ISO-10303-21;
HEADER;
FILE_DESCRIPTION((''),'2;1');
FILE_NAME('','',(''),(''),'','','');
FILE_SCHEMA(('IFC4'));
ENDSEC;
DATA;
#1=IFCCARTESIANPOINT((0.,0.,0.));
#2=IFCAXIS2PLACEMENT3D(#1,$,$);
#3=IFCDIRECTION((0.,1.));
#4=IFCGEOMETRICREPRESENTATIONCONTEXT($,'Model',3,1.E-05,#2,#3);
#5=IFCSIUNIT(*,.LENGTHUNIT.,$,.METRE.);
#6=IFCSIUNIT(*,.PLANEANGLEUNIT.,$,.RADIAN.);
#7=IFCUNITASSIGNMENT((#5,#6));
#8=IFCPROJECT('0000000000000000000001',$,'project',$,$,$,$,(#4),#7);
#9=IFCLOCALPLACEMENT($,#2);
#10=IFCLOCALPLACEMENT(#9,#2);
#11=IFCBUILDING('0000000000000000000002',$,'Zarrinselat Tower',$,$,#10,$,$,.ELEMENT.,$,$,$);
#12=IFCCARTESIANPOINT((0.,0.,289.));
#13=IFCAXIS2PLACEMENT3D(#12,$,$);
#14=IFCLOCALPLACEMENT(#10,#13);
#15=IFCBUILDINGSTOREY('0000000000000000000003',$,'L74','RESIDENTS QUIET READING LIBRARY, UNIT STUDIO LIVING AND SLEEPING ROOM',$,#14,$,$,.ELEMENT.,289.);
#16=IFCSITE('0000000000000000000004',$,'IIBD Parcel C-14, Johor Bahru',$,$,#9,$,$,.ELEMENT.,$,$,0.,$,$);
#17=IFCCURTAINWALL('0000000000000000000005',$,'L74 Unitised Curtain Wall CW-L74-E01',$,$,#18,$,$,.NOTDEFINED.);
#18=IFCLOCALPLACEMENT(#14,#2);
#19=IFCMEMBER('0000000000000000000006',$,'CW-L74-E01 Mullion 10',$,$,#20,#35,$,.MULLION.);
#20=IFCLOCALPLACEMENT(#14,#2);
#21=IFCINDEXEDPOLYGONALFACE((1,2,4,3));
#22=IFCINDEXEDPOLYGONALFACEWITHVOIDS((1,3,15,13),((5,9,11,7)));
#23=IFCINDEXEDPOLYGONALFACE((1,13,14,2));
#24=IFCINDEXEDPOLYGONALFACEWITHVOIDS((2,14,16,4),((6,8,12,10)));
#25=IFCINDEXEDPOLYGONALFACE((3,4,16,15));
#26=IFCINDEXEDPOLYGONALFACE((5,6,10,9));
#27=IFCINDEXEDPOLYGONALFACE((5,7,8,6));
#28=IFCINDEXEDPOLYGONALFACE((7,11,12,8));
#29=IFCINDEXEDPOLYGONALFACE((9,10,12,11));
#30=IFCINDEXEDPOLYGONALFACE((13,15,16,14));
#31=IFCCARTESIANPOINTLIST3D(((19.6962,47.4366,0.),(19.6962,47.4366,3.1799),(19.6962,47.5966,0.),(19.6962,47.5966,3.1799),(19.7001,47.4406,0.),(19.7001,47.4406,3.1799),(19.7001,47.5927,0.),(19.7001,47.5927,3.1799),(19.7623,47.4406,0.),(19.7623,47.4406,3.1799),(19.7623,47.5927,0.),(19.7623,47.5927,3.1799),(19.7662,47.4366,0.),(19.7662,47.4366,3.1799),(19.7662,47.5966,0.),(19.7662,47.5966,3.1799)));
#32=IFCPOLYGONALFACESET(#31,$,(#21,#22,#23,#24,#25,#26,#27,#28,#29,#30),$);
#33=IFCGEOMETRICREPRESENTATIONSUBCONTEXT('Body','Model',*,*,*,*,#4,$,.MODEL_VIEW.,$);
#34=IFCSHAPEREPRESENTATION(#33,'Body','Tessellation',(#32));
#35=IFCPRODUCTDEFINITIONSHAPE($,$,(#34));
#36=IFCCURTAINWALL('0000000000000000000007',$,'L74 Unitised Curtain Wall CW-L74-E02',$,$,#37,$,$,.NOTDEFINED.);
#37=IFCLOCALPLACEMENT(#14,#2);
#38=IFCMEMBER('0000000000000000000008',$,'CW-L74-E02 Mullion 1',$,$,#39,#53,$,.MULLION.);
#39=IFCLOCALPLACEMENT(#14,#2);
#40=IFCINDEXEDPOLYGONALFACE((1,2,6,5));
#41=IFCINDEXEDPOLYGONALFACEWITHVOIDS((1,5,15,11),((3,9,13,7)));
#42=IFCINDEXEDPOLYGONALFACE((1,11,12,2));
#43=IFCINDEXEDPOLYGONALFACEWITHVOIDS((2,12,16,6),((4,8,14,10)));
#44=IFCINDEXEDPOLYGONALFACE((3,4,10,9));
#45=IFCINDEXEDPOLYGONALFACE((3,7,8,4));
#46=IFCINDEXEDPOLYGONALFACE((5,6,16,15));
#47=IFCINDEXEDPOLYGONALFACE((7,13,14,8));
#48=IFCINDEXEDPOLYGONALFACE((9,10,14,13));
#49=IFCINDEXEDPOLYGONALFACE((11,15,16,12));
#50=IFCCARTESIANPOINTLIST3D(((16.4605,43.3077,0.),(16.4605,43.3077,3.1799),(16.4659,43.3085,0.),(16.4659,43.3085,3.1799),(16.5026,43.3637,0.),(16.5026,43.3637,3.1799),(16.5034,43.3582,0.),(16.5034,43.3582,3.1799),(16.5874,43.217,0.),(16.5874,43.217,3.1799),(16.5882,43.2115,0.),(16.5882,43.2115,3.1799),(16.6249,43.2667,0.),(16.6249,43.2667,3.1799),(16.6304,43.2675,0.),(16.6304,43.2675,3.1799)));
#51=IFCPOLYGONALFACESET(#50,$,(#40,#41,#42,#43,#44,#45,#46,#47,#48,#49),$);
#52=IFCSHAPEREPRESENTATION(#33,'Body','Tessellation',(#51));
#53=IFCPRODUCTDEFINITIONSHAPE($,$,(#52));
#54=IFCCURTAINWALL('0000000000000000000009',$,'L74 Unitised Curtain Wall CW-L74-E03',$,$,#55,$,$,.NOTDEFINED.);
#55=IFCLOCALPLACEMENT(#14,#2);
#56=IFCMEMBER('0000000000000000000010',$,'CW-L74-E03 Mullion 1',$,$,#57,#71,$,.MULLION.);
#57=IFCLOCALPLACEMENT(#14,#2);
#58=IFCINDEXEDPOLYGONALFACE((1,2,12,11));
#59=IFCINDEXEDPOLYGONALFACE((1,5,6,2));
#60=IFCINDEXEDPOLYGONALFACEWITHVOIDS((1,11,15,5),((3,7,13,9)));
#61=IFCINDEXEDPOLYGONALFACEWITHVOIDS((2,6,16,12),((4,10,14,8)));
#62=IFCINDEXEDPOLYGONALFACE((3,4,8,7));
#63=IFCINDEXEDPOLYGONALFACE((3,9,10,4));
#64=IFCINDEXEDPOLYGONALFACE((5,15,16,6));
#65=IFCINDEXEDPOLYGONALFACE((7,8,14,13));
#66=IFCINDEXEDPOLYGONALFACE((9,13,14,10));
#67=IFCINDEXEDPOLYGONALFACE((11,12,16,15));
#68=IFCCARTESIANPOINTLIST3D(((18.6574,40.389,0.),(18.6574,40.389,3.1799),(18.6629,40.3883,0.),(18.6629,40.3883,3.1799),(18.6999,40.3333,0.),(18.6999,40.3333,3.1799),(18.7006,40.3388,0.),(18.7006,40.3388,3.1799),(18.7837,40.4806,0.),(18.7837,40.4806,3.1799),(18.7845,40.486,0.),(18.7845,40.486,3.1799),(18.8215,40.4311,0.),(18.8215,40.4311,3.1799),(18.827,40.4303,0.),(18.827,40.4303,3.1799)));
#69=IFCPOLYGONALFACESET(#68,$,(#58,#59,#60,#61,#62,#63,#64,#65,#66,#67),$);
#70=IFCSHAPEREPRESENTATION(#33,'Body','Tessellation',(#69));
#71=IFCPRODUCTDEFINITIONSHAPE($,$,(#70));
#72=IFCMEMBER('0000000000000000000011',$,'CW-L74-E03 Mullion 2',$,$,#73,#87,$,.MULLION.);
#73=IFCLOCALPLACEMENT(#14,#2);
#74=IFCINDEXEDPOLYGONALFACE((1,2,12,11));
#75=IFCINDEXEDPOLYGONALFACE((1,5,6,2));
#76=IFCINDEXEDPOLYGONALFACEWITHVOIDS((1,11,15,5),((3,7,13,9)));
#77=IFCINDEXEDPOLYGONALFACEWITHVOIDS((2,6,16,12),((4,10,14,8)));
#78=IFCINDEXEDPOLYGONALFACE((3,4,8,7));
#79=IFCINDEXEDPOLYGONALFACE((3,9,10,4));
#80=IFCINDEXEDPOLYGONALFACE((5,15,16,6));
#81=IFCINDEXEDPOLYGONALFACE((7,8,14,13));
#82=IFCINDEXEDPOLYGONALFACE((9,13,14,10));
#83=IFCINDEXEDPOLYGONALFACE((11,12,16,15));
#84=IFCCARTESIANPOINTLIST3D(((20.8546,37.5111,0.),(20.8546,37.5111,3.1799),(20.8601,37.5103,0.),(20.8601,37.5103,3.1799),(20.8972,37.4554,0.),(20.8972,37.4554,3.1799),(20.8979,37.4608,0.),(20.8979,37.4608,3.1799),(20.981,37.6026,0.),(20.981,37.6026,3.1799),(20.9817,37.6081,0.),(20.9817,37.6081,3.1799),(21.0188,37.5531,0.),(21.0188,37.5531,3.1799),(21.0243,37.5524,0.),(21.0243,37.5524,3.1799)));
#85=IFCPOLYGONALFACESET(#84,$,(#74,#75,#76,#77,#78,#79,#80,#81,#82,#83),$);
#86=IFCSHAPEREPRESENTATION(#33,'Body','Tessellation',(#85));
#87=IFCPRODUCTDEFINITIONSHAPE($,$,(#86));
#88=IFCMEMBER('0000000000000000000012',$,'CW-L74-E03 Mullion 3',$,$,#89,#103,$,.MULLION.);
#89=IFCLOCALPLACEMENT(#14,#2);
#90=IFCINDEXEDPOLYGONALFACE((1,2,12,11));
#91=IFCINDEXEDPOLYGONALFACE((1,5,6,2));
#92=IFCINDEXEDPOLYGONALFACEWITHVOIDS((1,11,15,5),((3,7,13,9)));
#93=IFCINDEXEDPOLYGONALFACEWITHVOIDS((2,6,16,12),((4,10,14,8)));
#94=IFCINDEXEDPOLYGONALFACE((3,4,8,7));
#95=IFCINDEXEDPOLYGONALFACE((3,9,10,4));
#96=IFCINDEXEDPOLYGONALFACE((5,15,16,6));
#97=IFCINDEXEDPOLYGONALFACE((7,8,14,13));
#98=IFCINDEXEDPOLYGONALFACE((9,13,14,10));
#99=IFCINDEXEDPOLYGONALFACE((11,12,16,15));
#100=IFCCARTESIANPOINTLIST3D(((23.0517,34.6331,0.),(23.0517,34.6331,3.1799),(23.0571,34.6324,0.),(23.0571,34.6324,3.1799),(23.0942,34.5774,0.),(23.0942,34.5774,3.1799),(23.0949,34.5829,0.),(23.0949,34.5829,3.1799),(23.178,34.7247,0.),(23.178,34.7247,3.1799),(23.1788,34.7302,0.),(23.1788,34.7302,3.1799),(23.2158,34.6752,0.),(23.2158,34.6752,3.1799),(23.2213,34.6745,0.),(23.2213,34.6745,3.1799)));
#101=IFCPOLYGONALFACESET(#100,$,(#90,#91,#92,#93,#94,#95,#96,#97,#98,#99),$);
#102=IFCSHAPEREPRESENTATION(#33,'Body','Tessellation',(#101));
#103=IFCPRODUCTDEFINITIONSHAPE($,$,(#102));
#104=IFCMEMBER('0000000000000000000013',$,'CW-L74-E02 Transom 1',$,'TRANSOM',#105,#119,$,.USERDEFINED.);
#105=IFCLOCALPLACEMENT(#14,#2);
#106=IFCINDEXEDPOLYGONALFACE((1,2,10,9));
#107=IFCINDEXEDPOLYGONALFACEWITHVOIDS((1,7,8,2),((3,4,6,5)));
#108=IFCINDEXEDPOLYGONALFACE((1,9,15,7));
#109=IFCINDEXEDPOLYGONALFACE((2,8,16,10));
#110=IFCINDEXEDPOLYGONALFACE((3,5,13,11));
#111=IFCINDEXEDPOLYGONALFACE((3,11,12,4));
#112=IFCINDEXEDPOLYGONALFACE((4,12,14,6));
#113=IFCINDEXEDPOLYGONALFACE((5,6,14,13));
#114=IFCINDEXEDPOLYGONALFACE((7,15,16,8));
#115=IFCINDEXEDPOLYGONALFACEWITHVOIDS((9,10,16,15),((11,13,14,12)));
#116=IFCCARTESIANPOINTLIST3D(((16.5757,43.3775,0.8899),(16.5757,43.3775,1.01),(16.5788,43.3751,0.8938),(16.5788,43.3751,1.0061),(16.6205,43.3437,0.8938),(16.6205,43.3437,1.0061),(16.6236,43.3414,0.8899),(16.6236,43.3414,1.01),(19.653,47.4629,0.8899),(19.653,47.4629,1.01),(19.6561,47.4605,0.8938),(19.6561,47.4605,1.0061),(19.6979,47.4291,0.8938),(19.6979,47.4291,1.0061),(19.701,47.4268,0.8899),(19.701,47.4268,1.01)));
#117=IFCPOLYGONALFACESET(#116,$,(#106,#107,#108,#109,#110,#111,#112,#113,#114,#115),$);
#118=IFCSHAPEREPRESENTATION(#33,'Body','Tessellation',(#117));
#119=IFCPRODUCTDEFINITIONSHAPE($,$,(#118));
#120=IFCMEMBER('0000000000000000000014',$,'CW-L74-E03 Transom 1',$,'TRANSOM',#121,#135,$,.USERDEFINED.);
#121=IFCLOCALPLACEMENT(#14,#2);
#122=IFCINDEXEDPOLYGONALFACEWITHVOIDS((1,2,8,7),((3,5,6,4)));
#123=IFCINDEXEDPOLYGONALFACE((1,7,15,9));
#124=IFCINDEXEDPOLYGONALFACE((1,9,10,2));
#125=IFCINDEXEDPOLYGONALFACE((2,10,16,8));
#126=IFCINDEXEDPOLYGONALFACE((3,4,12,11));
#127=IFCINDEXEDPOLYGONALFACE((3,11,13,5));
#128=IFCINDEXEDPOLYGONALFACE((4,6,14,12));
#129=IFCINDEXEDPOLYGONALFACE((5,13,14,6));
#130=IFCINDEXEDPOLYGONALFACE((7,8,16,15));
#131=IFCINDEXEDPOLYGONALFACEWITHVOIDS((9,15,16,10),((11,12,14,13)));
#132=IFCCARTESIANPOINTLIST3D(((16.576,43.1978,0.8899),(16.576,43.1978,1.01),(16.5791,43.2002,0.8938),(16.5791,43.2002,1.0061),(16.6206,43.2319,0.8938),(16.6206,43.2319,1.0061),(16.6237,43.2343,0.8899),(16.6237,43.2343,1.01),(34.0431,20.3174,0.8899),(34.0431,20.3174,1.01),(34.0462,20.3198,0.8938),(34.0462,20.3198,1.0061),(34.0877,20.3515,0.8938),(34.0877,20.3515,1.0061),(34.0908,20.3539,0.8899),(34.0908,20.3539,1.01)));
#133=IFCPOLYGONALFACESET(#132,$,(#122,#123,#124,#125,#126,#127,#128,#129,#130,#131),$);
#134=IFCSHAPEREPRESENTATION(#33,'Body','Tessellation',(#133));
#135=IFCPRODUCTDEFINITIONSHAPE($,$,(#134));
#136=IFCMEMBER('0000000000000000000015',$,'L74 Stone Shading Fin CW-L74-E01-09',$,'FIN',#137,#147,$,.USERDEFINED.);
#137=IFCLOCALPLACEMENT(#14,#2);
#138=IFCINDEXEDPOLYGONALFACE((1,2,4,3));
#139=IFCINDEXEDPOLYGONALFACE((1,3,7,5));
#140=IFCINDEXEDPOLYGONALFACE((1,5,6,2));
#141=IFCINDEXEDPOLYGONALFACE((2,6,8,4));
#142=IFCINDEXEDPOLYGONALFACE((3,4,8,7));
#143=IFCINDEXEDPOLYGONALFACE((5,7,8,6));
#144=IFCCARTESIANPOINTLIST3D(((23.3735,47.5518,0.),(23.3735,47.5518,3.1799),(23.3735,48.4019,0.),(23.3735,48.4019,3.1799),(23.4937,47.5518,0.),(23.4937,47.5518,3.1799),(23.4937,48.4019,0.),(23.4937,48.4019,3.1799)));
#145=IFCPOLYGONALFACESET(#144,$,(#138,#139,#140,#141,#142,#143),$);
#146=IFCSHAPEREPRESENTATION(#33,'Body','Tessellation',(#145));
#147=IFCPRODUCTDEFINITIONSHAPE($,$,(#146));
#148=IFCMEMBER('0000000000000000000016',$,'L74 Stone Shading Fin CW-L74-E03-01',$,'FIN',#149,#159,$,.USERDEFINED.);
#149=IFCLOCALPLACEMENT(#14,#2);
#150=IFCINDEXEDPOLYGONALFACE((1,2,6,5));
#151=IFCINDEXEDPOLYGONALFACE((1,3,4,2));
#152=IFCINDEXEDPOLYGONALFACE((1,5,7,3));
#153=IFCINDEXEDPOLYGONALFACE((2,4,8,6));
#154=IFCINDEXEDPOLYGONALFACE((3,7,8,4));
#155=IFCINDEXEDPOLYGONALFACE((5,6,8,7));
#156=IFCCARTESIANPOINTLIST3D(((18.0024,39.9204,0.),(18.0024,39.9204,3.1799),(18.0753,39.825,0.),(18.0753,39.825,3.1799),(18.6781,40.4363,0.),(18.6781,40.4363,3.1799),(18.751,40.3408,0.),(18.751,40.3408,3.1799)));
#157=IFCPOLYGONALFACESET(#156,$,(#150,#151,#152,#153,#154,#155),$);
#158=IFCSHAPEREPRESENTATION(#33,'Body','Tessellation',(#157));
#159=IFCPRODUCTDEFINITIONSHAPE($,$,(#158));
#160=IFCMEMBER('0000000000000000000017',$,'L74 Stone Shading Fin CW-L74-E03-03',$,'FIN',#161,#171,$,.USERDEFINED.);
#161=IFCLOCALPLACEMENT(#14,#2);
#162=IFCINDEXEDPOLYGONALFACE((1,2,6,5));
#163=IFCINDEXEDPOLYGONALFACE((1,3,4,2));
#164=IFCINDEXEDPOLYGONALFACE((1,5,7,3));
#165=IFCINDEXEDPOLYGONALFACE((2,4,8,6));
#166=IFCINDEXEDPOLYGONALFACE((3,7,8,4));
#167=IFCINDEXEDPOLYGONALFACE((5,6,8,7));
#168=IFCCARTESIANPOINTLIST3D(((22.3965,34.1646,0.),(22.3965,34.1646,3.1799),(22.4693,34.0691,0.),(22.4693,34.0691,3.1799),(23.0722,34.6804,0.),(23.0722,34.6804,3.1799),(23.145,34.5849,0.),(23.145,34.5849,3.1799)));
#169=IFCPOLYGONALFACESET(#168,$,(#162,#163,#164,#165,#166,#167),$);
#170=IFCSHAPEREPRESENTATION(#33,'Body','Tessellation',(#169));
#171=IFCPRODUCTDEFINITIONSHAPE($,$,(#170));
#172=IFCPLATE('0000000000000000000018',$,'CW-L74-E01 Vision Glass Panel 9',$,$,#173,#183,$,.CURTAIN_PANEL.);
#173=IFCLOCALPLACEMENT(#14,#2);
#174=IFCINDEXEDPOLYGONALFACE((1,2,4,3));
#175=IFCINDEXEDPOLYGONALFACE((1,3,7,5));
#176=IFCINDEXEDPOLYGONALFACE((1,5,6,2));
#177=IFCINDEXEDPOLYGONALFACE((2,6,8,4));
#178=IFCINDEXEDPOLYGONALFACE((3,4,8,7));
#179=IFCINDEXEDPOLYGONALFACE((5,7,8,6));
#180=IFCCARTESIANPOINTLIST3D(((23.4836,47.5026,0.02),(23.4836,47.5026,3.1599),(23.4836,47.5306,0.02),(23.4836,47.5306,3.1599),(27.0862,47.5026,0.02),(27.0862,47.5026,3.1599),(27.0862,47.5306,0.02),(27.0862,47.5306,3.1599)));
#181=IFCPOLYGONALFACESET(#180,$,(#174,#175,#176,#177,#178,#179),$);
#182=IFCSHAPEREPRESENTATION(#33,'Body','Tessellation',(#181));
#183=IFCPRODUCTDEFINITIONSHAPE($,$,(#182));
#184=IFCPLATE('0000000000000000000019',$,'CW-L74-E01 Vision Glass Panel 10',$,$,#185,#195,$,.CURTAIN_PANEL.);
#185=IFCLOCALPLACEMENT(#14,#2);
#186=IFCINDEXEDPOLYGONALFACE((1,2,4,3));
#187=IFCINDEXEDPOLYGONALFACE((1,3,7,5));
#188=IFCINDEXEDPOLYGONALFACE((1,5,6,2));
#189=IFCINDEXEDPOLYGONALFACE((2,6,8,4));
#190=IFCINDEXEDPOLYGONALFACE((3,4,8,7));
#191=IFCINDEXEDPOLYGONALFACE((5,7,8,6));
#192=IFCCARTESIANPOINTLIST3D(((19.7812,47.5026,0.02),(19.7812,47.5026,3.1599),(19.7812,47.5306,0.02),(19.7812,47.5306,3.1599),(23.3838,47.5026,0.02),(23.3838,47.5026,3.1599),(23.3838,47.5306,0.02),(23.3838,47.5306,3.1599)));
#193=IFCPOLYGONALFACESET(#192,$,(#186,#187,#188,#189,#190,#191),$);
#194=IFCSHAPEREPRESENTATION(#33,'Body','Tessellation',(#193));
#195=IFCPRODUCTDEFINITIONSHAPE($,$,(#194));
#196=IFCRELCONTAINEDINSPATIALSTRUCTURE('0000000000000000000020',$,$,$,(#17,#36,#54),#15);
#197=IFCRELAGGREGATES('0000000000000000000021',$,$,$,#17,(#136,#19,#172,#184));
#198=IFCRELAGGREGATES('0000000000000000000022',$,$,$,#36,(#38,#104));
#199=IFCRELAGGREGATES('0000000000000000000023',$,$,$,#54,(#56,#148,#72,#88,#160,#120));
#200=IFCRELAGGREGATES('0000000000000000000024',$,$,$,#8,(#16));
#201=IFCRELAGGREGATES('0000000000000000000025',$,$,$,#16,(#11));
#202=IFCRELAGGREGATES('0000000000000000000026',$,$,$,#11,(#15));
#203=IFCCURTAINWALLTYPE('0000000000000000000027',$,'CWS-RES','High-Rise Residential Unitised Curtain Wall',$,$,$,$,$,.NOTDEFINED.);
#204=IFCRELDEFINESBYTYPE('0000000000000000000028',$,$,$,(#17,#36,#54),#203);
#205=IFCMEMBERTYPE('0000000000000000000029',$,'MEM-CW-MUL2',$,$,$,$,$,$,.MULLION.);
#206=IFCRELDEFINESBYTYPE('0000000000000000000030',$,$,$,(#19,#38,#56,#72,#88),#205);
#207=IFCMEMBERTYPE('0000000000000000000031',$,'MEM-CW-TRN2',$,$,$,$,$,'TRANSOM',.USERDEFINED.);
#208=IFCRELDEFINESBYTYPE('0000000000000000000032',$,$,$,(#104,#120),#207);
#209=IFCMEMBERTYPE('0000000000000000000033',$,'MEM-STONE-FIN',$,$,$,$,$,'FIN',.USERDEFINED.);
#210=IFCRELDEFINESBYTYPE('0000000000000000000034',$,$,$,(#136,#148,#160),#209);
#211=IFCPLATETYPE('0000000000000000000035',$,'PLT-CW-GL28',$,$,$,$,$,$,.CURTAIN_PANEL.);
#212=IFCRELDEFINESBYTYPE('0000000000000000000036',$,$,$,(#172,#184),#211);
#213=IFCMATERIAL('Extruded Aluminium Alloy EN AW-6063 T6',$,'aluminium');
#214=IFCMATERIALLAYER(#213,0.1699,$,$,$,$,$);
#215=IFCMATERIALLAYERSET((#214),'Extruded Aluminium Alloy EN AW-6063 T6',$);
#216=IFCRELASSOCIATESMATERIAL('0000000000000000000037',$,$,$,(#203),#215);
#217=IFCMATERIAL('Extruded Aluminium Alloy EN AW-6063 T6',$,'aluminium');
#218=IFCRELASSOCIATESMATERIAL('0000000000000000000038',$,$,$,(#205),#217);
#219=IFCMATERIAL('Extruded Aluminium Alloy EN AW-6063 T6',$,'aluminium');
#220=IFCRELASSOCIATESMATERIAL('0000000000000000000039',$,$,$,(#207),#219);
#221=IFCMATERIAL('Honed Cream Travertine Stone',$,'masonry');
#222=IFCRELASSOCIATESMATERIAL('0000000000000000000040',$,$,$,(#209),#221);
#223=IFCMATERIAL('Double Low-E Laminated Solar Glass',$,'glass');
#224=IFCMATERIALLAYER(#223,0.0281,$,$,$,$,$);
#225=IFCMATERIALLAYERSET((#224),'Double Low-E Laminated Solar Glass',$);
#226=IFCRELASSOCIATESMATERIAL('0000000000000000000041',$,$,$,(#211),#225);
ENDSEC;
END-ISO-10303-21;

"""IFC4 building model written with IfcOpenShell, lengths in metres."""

from ifc_helpers import new_model, si_unit, direction, frame, origin, origin_2d, place, context, subcontext, project, spatial, rectangle, hollow_rectangle, extrude, material, layer, layer_set, material_profile, profile_set, type_object, element, aggregate, save


model = new_model("IFC4")

# Units and contexts
model_context = context("Model", 3, precision=1e-05, world=origin(), true_north=direction((0.0, 1.0)))
body_context = subcontext(model_context, "Body", "Model", "MODEL_VIEW")
ifc_project = project(units=[si_unit("LENGTHUNIT", "METRE"), si_unit("PLANEANGLEUNIT", "RADIAN")], contexts=[model_context])

# Site, building, storey
site_placement = place(None, origin())
site = spatial("IfcSite", under=ifc_project, at=site_placement, Name="IIBD Parcel C-14, Johor Bahru", CompositionType="ELEMENT", RefElevation=0.0)
building_placement = place(site_placement, origin())
building = spatial("IfcBuilding", under=site, at=building_placement, Name="Zarrinselat Tower", CompositionType="ELEMENT")
storey_placement = place(building_placement, frame((0.0, 0.0, 289.0)))
storey = spatial("IfcBuildingStorey", under=building, at=storey_placement, Name="L74", Description="RESIDENTS QUIET READING LIBRARY, UNIT STUDIO LIVING AND SLEEPING ROOM", CompositionType="ELEMENT", Elevation=289.0)

# Curtain wall, member
ifc_material_1 = material(Name="Extruded Aluminium Alloy EN AW-6063 T6", Category="aluminium")
ifc_layer_1 = layer(ifc_material_1, 0.1699)
ifc_layer_set_1 = layer_set([ifc_layer_1], Name="Extruded Aluminium Alloy EN AW-6063 T6")
curtain_wall_type = type_object("IfcCurtainWallType", Name="CWS-RES", Description="High-Rise Residential Unitised Curtain Wall", PredefinedType="NOTDEFINED", material=ifc_layer_set_1)
curtain_wall_1_placement = place(storey_placement, origin())
curtain_wall_1 = element("IfcCurtainWall", 1, at=curtain_wall_1_placement, inside=storey, type_object=curtain_wall_type, Name="L74 Unitised Curtain Wall CW-L74-E01", PredefinedType="NOTDEFINED")
ifc_material_2 = material(Name="Extruded Aluminium Alloy EN AW-6063 T6", Category="aluminium")
ifc_material_profile_1 = material_profile(ifc_material_2, hollow_rectangle(XDim=0.0701, YDim=0.1599, WallThickness=0.0039, at=origin_2d()), Name="RHS 160x70x4")
ifc_profile_set_1 = profile_set([ifc_material_profile_1], Name="Extruded Aluminium Alloy EN AW-6063 T6")
member_type_1 = type_object("IfcMemberType", Name="MEM-CW-MUL2", PredefinedType="MULLION", material=ifc_profile_set_1)
member_1_placement = place(storey_placement, frame((19.7312, 47.5166, 0.0), z_axis=(0.0, 0.0, 1.0), x_axis=(-1.0, 0.0, 0.0)))
member_1 = element("IfcMember", 2, at=member_1_placement, type_object=member_type_1, Name="CW-L74-E01 Mullion 10", PredefinedType="MULLION", context=body_context, shape_type="SweptSolid", body=[
    extrude(hollow_rectangle(XDim=0.0701, YDim=0.1599, WallThickness=0.0039, at=origin_2d()), origin(), (0.0, 0.0, 1.0), 3.1799),
])

# Curtain wall, member
curtain_wall_2_placement = place(storey_placement, origin())
curtain_wall_2 = element("IfcCurtainWall", 3, at=curtain_wall_2_placement, inside=storey, type_object=curtain_wall_type, Name="L74 Unitised Curtain Wall CW-L74-E02", PredefinedType="NOTDEFINED")
member_2_placement = place(storey_placement, frame((16.5454, 43.2876, 0.0), z_axis=(0.0, 0.0, 1.0), x_axis=(-0.601679, -0.798738, 0.0)))
member_2 = element("IfcMember", 4, at=member_2_placement, type_object=member_type_1, Name="CW-L74-E02 Mullion 1", PredefinedType="MULLION", context=body_context, shape_type="SweptSolid", body=[
    extrude(hollow_rectangle(XDim=0.0701, YDim=0.1599, WallThickness=0.0039, at=origin_2d()), origin(), (0.0, 0.0, 1.0), 3.1799),
])

# Curtain wall, members
curtain_wall_3_placement = place(storey_placement, origin())
curtain_wall_3 = element("IfcCurtainWall", 5, at=curtain_wall_3_placement, inside=storey, type_object=curtain_wall_type, Name="L74 Unitised Curtain Wall CW-L74-E03", PredefinedType="NOTDEFINED")
member_3_placement = place(storey_placement, frame((18.7422, 40.4097, 0.0), z_axis=(0.0, 0.0, 1.0), x_axis=(0.606802, -0.794853, 0.0)))
member_3 = element("IfcMember", 6, at=member_3_placement, type_object=member_type_1, Name="CW-L74-E03 Mullion 1", PredefinedType="MULLION", context=body_context, shape_type="SweptSolid", body=[
    extrude(hollow_rectangle(XDim=0.0701, YDim=0.1599, WallThickness=0.0039, at=origin_2d()), origin(), (0.0, 0.0, 1.0), 3.1799),
])
member_4_placement = place(storey_placement, frame((20.9395, 37.5317, 0.0), z_axis=(0.0, 0.0, 1.0), x_axis=(0.606802, -0.794853, 0.0)))
member_4 = element("IfcMember", 7, at=member_4_placement, type_object=member_type_1, Name="CW-L74-E03 Mullion 2", PredefinedType="MULLION", context=body_context, shape_type="SweptSolid", body=[
    extrude(hollow_rectangle(XDim=0.0701, YDim=0.1599, WallThickness=0.0039, at=origin_2d()), origin(), (0.0, 0.0, 1.0), 3.1799),
])
member_5_placement = place(storey_placement, frame((23.1365, 34.6538, 0.0), z_axis=(0.0, 0.0, 1.0), x_axis=(0.606802, -0.794853, 0.0)))
member_5 = element("IfcMember", 8, at=member_5_placement, type_object=member_type_1, Name="CW-L74-E03 Mullion 3", PredefinedType="MULLION", context=body_context, shape_type="SweptSolid", body=[
    extrude(hollow_rectangle(XDim=0.0701, YDim=0.1599, WallThickness=0.0039, at=origin_2d()), origin(), (0.0, 0.0, 1.0), 3.1799),
])

# Members
ifc_material_3 = material(Name="Extruded Aluminium Alloy EN AW-6063 T6", Category="aluminium")
ifc_material_profile_2 = material_profile(ifc_material_3, hollow_rectangle(XDim=0.0601, YDim=0.1201, WallThickness=0.0039, at=origin_2d()), Name="RHS 120x60x4")
ifc_profile_set_2 = profile_set([ifc_material_profile_2], Name="Extruded Aluminium Alloy EN AW-6063 T6")
member_type_2 = type_object("IfcMemberType", Name="MEM-CW-TRN2", ElementType="TRANSOM", PredefinedType="USERDEFINED", material=ifc_profile_set_2)
member_6_placement = place(storey_placement, frame((19.677, 47.4448, 0.95), z_axis=(-0.601664, -0.79875, 0.0), x_axis=(0.79875, -0.601664, 0.0)))
member_6 = element("IfcMember", 9, at=member_6_placement, type_object=member_type_2, Name="CW-L74-E02 Transom 1", ObjectType="TRANSOM", PredefinedType="USERDEFINED", context=body_context, shape_type="SweptSolid", body=[
    extrude(hollow_rectangle(XDim=0.0601, YDim=0.1201, WallThickness=0.0039, at=origin_2d()), origin(), (0.0, 0.0, 1.0), 5.1147),
])
member_7_placement = place(storey_placement, frame((16.5999, 43.2161, 0.95), z_axis=(0.606799, -0.794856, 0.0), x_axis=(0.794856, 0.606799, 0.0)))
member_7 = element("IfcMember", 10, at=member_7_placement, type_object=member_type_2, Name="CW-L74-E03 Transom 1", ObjectType="TRANSOM", PredefinedType="USERDEFINED", context=body_context, shape_type="SweptSolid", body=[
    extrude(hollow_rectangle(XDim=0.0601, YDim=0.1201, WallThickness=0.0039, at=origin_2d()), origin(), (0.0, 0.0, 1.0), 28.7856),
])
ifc_material_4 = material(Name="Honed Cream Travertine Stone", Category="masonry")
ifc_material_profile_3 = material_profile(ifc_material_4, rectangle(XDim=0.1201, YDim=0.8501, at=origin_2d()), Name="FIN 850x120")
ifc_profile_set_3 = profile_set([ifc_material_profile_3], Name="Honed Cream Travertine Stone")
member_type_3 = type_object("IfcMemberType", Name="MEM-STONE-FIN", ElementType="FIN", PredefinedType="USERDEFINED", material=ifc_profile_set_3)
member_8_placement = place(storey_placement, frame((23.4336, 47.9768, 0.0), z_axis=(0.0, 0.0, 1.0), x_axis=(1.0, 0.0, 0.0)))
member_8 = element("IfcMember", 11, at=member_8_placement, type_object=member_type_3, Name="L74 Stone Shading Fin CW-L74-E01-09", ObjectType="FIN", PredefinedType="USERDEFINED", context=body_context, shape_type="SweptSolid", body=[
    extrude(rectangle(XDim=0.1201, YDim=0.8501, at=origin_2d()), origin(), (0.0, 0.0, 1.0), 3.1799),
])
member_9_placement = place(storey_placement, frame((18.3767, 40.1306, 0.0), z_axis=(0.0, 0.0, 1.0), x_axis=(-0.606802, 0.794853, 0.0)))
member_9 = element("IfcMember", 12, at=member_9_placement, type_object=member_type_3, Name="L74 Stone Shading Fin CW-L74-E03-01", ObjectType="FIN", PredefinedType="USERDEFINED", context=body_context, shape_type="SweptSolid", body=[
    extrude(rectangle(XDim=0.1201, YDim=0.8501, at=origin_2d()), origin(), (0.0, 0.0, 1.0), 3.1799),
])
member_10_placement = place(storey_placement, frame((22.7708, 34.3748, 0.0), z_axis=(0.0, 0.0, 1.0), x_axis=(-0.606802, 0.794853, 0.0)))
member_10 = element("IfcMember", 13, at=member_10_placement, type_object=member_type_3, Name="L74 Stone Shading Fin CW-L74-E03-03", ObjectType="FIN", PredefinedType="USERDEFINED", context=body_context, shape_type="SweptSolid", body=[
    extrude(rectangle(XDim=0.1201, YDim=0.8501, at=origin_2d()), origin(), (0.0, 0.0, 1.0), 3.1799),
])

# Plates
ifc_material_5 = material(Name="Double Low-E Laminated Solar Glass", Category="glass")
ifc_layer_2 = layer(ifc_material_5, 0.0281)
ifc_layer_set_2 = layer_set([ifc_layer_2], Name="Double Low-E Laminated Solar Glass")
plate_type = type_object("IfcPlateType", Name="PLT-CW-GL28", PredefinedType="CURTAIN_PANEL", material=ifc_layer_set_2)
plate_1_placement = place(storey_placement, frame((25.2849, 47.5166, 0.02), z_axis=(0.0, 0.0, 1.0), x_axis=(-1.0, 0.0, 0.0)))
plate_1 = element("IfcPlate", 14, at=plate_1_placement, type_object=plate_type, Name="CW-L74-E01 Vision Glass Panel 9", PredefinedType="CURTAIN_PANEL", context=body_context, shape_type="SweptSolid", body=[
    extrude(rectangle(XDim=3.6025, YDim=0.0281, at=origin_2d()), origin(), (0.0, 0.0, 1.0), 3.1399),
])
plate_2_placement = place(storey_placement, frame((21.5825, 47.5166, 0.02), z_axis=(0.0, 0.0, 1.0), x_axis=(-1.0, 0.0, 0.0)))
plate_2 = element("IfcPlate", 15, at=plate_2_placement, type_object=plate_type, Name="CW-L74-E01 Vision Glass Panel 10", PredefinedType="CURTAIN_PANEL", context=body_context, shape_type="SweptSolid", body=[
    extrude(rectangle(XDim=3.6025, YDim=0.0281, at=origin_2d()), origin(), (0.0, 0.0, 1.0), 3.1399),
])
aggregate(curtain_wall_1, [member_8, member_1, plate_1, plate_2])
aggregate(curtain_wall_2, [member_2, member_6])
aggregate(curtain_wall_3, [member_3, member_9, member_4, member_5, member_10, member_7])

save(model, "model.ifc")
